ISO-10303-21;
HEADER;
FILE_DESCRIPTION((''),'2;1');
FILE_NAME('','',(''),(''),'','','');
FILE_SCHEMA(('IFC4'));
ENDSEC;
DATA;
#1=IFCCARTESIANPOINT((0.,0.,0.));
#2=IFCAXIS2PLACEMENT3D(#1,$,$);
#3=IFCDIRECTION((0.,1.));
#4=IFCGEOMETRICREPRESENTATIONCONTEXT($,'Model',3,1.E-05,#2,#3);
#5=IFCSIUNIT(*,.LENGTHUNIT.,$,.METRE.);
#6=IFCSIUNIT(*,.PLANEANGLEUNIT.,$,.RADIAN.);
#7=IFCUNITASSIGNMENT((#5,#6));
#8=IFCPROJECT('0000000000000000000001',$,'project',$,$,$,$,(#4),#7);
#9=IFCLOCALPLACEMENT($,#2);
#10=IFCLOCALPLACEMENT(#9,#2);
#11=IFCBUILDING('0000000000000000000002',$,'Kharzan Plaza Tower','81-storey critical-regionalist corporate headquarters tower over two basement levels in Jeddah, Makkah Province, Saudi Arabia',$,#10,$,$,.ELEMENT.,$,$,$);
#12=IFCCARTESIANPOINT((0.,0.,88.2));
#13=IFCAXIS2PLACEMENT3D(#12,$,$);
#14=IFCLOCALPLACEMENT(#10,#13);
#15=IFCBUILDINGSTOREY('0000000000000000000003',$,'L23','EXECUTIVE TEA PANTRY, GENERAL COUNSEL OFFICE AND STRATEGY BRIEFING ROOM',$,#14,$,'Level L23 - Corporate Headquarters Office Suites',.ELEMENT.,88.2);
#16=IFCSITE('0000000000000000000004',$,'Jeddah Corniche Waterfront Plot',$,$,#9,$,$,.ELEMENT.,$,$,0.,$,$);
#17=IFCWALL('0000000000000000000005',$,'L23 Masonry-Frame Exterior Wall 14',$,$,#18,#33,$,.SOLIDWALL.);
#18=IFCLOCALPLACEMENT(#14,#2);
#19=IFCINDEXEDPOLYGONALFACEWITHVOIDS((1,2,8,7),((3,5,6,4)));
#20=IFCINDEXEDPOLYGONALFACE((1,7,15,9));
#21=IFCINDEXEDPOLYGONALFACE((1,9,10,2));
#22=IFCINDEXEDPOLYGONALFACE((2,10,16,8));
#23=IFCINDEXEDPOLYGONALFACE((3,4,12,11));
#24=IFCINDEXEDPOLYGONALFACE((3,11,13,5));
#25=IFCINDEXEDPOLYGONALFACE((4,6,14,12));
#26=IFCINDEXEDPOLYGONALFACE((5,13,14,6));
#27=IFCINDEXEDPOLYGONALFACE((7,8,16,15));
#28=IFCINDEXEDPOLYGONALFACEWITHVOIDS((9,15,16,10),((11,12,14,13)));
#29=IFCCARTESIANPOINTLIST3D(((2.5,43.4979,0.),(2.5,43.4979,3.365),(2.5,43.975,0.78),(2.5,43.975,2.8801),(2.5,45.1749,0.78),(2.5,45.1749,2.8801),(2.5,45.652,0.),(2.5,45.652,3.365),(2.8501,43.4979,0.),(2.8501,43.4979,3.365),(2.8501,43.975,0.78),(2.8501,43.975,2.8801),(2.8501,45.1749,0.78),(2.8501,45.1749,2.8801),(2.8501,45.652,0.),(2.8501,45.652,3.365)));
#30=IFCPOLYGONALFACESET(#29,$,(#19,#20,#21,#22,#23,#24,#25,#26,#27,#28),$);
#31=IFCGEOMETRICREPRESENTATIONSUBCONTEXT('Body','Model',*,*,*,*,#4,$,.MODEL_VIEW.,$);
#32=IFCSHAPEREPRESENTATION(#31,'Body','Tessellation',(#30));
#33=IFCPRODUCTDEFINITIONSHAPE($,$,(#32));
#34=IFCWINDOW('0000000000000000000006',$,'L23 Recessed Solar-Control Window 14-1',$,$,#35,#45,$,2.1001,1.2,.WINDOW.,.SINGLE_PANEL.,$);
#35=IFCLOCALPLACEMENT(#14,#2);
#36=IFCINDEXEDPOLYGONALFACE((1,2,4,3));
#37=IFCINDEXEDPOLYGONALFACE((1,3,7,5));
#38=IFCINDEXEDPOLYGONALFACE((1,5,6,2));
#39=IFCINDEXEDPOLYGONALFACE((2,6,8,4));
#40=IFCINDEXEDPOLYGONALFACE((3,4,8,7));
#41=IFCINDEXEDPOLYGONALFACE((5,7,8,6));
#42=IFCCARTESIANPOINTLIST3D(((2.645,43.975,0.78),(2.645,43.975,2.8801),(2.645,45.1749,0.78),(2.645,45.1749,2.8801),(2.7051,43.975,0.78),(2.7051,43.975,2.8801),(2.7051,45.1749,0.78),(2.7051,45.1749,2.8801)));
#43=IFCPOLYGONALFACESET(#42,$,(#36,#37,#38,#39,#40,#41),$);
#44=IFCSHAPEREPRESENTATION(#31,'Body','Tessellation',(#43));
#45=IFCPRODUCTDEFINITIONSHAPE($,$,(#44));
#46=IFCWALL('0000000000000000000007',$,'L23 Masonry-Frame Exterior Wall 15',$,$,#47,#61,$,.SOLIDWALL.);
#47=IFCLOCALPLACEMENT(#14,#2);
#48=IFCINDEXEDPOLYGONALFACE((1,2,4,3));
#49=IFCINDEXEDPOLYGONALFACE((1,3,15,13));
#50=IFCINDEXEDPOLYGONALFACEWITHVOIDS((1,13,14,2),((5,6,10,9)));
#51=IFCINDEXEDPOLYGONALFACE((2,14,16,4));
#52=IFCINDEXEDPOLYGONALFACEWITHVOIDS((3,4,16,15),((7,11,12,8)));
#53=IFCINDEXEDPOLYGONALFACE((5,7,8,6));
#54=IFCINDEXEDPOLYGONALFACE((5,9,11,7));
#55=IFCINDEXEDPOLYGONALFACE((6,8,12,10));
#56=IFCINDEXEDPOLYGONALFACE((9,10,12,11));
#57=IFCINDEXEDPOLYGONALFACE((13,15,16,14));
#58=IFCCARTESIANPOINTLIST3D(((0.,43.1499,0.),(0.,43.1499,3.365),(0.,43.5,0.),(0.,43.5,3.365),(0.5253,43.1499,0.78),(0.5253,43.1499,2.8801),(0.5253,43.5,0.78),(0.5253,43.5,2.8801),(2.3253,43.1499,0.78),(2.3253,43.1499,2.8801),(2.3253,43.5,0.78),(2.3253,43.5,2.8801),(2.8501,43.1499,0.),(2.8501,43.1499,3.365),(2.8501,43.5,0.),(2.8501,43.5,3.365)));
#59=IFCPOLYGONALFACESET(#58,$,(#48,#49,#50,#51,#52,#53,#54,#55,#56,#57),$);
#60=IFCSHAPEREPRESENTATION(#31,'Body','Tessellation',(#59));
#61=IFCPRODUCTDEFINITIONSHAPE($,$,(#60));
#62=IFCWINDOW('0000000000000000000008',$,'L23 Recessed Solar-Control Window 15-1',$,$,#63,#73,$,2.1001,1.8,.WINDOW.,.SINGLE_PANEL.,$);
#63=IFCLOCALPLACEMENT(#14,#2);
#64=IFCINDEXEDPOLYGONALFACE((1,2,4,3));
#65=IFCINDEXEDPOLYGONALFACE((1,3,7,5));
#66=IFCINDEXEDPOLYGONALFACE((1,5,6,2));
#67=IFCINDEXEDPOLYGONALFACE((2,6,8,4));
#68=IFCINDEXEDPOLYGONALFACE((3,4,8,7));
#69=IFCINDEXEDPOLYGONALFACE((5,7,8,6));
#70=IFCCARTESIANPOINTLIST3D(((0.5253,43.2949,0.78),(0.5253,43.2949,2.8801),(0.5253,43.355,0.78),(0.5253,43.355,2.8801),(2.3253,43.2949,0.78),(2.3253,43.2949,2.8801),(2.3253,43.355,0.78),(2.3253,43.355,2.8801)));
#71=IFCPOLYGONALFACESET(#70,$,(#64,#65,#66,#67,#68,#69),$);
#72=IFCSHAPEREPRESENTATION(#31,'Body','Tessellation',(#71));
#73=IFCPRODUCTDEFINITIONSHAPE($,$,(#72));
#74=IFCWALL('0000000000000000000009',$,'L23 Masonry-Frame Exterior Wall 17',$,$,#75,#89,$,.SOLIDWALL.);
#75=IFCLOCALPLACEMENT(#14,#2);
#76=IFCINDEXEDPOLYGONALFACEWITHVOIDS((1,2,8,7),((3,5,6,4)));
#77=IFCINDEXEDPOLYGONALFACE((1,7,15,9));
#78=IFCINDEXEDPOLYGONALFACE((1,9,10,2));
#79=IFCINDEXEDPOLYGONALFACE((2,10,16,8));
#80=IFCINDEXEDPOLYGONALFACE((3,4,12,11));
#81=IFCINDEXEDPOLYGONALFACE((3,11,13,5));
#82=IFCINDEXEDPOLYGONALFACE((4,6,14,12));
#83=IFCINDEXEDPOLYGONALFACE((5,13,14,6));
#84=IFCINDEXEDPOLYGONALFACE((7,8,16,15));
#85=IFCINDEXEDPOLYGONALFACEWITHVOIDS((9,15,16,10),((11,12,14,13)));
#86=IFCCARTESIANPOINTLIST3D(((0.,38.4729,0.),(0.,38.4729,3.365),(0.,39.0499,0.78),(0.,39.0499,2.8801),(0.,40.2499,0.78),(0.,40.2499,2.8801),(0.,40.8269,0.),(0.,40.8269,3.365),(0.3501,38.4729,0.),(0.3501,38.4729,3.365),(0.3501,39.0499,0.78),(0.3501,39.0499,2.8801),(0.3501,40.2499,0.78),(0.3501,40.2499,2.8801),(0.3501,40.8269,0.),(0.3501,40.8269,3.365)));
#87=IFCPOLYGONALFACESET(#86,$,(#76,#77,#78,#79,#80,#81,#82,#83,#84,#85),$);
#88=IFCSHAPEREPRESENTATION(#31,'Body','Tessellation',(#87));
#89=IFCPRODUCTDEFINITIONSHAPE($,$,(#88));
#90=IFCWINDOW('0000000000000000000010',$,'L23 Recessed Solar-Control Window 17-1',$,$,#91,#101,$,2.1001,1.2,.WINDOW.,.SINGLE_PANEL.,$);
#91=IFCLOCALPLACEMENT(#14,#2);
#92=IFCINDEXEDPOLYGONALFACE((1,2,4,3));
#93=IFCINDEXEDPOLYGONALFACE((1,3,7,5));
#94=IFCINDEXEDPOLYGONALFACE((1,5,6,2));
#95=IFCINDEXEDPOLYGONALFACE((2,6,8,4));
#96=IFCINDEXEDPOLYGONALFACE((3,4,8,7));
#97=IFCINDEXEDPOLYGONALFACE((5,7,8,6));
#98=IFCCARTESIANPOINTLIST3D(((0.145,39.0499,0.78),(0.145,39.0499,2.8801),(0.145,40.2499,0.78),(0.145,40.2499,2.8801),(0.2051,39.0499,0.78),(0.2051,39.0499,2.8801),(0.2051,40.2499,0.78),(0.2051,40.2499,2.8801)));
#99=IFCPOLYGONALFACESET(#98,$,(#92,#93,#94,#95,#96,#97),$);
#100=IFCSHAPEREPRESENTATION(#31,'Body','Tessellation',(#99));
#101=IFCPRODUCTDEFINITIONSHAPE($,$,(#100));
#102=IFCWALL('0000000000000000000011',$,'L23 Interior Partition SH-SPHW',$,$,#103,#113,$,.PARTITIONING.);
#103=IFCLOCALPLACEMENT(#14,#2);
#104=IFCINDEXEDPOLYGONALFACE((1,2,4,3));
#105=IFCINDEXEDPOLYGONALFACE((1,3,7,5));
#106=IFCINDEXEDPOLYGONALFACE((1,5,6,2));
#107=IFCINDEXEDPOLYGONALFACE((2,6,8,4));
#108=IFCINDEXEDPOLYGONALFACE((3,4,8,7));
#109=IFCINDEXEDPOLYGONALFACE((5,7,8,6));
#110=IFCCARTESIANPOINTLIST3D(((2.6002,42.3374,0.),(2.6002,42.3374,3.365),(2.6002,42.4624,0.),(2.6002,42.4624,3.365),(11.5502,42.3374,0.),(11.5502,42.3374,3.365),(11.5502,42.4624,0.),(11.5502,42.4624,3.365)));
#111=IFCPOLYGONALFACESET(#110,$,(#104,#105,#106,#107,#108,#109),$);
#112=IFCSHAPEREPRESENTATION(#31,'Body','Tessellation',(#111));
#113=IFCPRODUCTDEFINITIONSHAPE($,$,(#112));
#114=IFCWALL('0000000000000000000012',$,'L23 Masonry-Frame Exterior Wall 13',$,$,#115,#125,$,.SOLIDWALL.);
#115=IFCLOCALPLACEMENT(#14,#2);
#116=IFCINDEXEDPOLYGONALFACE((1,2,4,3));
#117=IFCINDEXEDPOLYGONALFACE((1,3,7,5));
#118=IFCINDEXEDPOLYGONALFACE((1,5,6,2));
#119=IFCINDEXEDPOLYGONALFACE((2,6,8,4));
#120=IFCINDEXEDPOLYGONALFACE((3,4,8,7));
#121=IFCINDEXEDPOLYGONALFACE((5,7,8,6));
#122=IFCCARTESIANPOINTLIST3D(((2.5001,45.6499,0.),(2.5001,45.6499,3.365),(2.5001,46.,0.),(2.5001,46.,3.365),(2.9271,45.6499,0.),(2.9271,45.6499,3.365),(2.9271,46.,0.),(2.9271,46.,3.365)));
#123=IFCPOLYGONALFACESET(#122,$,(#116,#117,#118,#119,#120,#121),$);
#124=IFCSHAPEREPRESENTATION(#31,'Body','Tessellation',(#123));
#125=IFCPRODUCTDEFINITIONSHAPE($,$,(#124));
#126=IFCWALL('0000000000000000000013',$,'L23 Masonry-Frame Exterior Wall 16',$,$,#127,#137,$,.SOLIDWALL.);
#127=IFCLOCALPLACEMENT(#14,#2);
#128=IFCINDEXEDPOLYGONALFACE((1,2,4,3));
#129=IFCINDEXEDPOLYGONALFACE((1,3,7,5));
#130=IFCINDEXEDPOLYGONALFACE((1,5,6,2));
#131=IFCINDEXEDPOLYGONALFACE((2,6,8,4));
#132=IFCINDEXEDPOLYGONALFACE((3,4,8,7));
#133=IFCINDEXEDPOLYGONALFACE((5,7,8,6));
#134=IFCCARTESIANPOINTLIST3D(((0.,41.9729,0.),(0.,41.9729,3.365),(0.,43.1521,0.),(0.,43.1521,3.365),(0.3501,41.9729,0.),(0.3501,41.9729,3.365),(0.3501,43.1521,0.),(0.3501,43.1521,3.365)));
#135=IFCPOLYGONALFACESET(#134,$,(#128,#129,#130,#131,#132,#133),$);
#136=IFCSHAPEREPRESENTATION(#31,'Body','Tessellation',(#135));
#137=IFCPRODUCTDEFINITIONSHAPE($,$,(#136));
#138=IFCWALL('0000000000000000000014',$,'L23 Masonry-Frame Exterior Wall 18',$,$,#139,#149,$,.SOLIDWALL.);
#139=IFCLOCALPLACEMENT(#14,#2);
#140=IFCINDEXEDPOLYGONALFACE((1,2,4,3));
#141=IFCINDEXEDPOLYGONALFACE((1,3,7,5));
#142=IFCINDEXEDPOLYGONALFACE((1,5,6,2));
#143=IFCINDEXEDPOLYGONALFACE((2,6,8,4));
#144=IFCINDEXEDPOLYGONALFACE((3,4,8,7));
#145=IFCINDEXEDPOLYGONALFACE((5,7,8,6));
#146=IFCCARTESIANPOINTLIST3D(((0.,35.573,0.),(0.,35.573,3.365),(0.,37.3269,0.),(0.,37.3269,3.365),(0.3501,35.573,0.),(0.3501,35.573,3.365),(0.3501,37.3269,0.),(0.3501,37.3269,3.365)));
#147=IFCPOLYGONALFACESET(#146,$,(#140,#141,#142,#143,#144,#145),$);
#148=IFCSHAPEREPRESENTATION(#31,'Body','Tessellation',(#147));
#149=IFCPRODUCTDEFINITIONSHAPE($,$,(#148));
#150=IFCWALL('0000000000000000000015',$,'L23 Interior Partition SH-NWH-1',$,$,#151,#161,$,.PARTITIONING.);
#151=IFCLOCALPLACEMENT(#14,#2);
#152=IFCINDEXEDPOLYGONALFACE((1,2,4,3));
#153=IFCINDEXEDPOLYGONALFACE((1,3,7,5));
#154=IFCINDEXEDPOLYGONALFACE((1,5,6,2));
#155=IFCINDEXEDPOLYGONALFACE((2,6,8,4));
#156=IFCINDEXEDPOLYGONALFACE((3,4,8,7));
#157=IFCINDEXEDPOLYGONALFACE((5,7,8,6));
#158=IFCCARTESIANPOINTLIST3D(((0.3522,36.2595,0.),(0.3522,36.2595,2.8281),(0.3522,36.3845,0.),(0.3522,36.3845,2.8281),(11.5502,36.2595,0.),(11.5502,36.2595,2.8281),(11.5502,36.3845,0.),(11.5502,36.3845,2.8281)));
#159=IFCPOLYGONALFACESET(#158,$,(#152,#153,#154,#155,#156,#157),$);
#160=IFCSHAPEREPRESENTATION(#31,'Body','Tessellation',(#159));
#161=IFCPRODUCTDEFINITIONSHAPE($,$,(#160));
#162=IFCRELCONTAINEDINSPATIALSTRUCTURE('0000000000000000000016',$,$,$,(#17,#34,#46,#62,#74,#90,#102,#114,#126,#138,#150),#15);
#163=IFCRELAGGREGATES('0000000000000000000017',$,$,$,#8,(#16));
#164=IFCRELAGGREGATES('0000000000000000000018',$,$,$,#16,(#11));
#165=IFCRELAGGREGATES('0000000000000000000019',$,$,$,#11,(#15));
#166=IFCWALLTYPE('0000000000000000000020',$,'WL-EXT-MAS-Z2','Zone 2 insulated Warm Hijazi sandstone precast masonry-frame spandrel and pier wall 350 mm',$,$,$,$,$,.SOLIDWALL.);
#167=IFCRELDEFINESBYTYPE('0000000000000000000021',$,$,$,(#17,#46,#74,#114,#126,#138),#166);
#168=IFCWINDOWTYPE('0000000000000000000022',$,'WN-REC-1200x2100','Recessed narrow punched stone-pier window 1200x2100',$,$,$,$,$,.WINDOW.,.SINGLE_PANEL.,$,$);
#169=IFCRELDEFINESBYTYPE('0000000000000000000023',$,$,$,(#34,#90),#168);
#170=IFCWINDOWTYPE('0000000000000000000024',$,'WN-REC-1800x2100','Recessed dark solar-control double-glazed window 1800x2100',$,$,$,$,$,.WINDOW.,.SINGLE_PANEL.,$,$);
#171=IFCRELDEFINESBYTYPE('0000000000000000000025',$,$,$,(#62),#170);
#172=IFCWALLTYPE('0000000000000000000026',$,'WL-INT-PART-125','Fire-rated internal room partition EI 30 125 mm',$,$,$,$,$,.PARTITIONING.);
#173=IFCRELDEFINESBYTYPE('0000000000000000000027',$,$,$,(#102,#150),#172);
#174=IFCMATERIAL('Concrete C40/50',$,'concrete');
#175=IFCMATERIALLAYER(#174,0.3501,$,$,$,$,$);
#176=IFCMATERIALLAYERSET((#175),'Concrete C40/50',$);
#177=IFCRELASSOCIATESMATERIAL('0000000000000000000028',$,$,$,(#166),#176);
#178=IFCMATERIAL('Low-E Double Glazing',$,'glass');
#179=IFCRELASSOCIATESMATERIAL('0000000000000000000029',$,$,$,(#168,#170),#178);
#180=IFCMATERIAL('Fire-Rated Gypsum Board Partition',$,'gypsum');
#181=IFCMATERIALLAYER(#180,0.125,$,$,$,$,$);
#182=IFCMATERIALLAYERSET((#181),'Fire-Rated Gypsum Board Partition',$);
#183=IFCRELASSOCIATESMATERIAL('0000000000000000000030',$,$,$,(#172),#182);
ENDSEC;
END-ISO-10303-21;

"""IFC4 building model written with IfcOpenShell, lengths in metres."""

from ifc_helpers import new_model, si_unit, direction, frame, frame_2d, origin, place, context, subcontext, project, spatial, rectangle, extrude, source, transform, mapped, material, layer, layer_set, type_object, element, fill, save


model = new_model("IFC4")

# Units and contexts
model_context = context("Model", 3, precision=1e-05, world=origin(), true_north=direction((0.0, 1.0)))
body_context = subcontext(model_context, "Body", "Model", "MODEL_VIEW")
ifc_project = project(units=[si_unit("LENGTHUNIT", "METRE"), si_unit("PLANEANGLEUNIT", "RADIAN")], contexts=[model_context])

# Site, building, storey
site_placement = place(None, origin())
site = spatial("IfcSite", under=ifc_project, at=site_placement, Name="Jeddah Corniche Waterfront Plot", CompositionType="ELEMENT", RefElevation=0.0)
building_placement = place(site_placement, origin())
building = spatial("IfcBuilding", under=site, at=building_placement, Name="Kharzan Plaza Tower", Description="81-storey critical-regionalist corporate headquarters tower over two basement levels in Jeddah, Makkah Province, Saudi Arabia", CompositionType="ELEMENT")
storey_placement = place(building_placement, frame((0.0, 0.0, 88.2)))
storey = spatial("IfcBuildingStorey", under=building, at=storey_placement, Name="L23", Description="EXECUTIVE TEA PANTRY, GENERAL COUNSEL OFFICE AND STRATEGY BRIEFING ROOM", LongName="Level L23 - Corporate Headquarters Office Suites", CompositionType="ELEMENT", Elevation=88.2)

# Walls, openings, windows
ifc_material_1 = material(Name="Concrete C40/50", Category="concrete")
ifc_layer_1 = layer(ifc_material_1, 0.3501)
ifc_layer_set_1 = layer_set([ifc_layer_1], Name="Concrete C40/50")
wall_type_1 = type_object("IfcWallType", Name="WL-EXT-MAS-Z2", Description="Zone 2 insulated Warm Hijazi sandstone precast masonry-frame spandrel and pier wall 350 mm", PredefinedType="SOLIDWALL", material=ifc_layer_set_1)
ifc_material_2 = material(Name="Low-E Double Glazing", Category="glass")
wall_1_placement = place(storey_placement, frame((2.675, 45.6521, 0.0), z_axis=(0.0, 0.0, 1.0), x_axis=(0.0, -1.0, 0.0)))
wall_1 = element("IfcWall", 1, at=wall_1_placement, inside=storey, type_object=wall_type_1, Name="L23 Masonry-Frame Exterior Wall 14", PredefinedType="SOLIDWALL", context=body_context, shape_type="SweptSolid", body=[
    extrude(rectangle(XDim=2.1541, YDim=0.3501, at=frame_2d((1.0771, 0.0))), origin(), (0.0, 0.0, 1.0), 3.365),
])
opening_1_placement = place(wall_1_placement, frame((0.4771, 0.0, 0.78)))
opening_1 = element("IfcOpeningElement", 2, at=opening_1_placement, cuts=wall_1, PredefinedType="OPENING", context=body_context, shape_type="SweptSolid", body=[
    extrude(rectangle(XDim=1.2, YDim=2.1001, at=frame_2d((0.6001, 1.05))), frame((0.0, 0.1851, 0.0), z_axis=(0.0, -1.0, 0.0), x_axis=(1.0, 0.0, 0.0)), (0.0, 0.0, 1.0), 0.3701),
])
window_type_1 = type_object("IfcWindowType", Name="WN-REC-1200x2100", Description="Recessed narrow punched stone-pier window 1200x2100", PartitioningType="SINGLE_PANEL", PredefinedType="WINDOW", material=ifc_material_2)
shared_shape_1 = source(origin(), body_context, "Body", "SweptSolid", [
    extrude(rectangle(XDim=1.2, YDim=2.1001, at=frame_2d((0.6001, 1.05))), frame((0.0, 0.03, 0.0), z_axis=(0.0, -1.0, 0.0), x_axis=(1.0, 0.0, 0.0)), (0.0, 0.0, 1.0), 0.0601),
])
window_1_placement = place(opening_1_placement, origin())
window_1 = element("IfcWindow", 3, at=window_1_placement, inside=storey, type_object=window_type_1, Name="L23 Recessed Solar-Control Window 14-1", OverallHeight=2.1001, OverallWidth=1.2, PartitioningType="SINGLE_PANEL", PredefinedType="WINDOW", context=body_context, shape_type="MappedRepresentation", body=[
    mapped(shared_shape_1, transform((0.0, 0.0, 0.0), x_axis=(1.0, 0.0, 0.0), y_axis=(0.0, 1.0, 0.0), z_axis=(0.0, 0.0, 1.0))),
])
fill(opening_1, window_1)
wall_2_placement = place(storey_placement, frame((2.8501, 43.325, 0.0), z_axis=(0.0, 0.0, 1.0), x_axis=(-1.0, 0.0, 0.0)))
wall_2 = element("IfcWall", 4, at=wall_2_placement, inside=storey, type_object=wall_type_1, Name="L23 Masonry-Frame Exterior Wall 15", PredefinedType="SOLIDWALL", context=body_context, shape_type="SweptSolid", body=[
    extrude(rectangle(XDim=2.8501, YDim=0.3501, at=frame_2d((1.425, 0.0))), origin(), (0.0, 0.0, 1.0), 3.365),
])
opening_2_placement = place(wall_2_placement, frame((0.5249, 0.0, 0.78)))
opening_2 = element("IfcOpeningElement", 5, at=opening_2_placement, cuts=wall_2, PredefinedType="OPENING", context=body_context, shape_type="SweptSolid", body=[
    extrude(rectangle(XDim=1.8, YDim=2.1001, at=frame_2d((0.8999, 1.05))), frame((0.0, 0.1851, 0.0), z_axis=(0.0, -1.0, 0.0), x_axis=(1.0, 0.0, 0.0)), (0.0, 0.0, 1.0), 0.3701),
])
window_type_2 = type_object("IfcWindowType", Name="WN-REC-1800x2100", Description="Recessed dark solar-control double-glazed window 1800x2100", PartitioningType="SINGLE_PANEL", PredefinedType="WINDOW", material=ifc_material_2)
shared_shape_2 = source(origin(), body_context, "Body", "SweptSolid", [
    extrude(rectangle(XDim=1.8, YDim=2.1001, at=frame_2d((0.8999, 1.05))), frame((0.0, 0.03, 0.0), z_axis=(0.0, -1.0, 0.0), x_axis=(1.0, 0.0, 0.0)), (0.0, 0.0, 1.0), 0.0601),
])
window_2_placement = place(opening_2_placement, origin())
window_2 = element("IfcWindow", 6, at=window_2_placement, inside=storey, type_object=window_type_2, Name="L23 Recessed Solar-Control Window 15-1", OverallHeight=2.1001, OverallWidth=1.8, PartitioningType="SINGLE_PANEL", PredefinedType="WINDOW", context=body_context, shape_type="MappedRepresentation", body=[
    mapped(shared_shape_2, transform((0.0, 0.0, 0.0), x_axis=(1.0, 0.0, 0.0), y_axis=(0.0, 1.0, 0.0), z_axis=(0.0, 0.0, 1.0))),
])
fill(opening_2, window_2)
wall_3_placement = place(storey_placement, frame((0.175, 40.8269, 0.0), z_axis=(0.0, 0.0, 1.0), x_axis=(0.0, -1.0, 0.0)))
wall_3 = element("IfcWall", 7, at=wall_3_placement, inside=storey, type_object=wall_type_1, Name="L23 Masonry-Frame Exterior Wall 17", PredefinedType="SOLIDWALL", context=body_context, shape_type="SweptSolid", body=[
    extrude(rectangle(XDim=2.354, YDim=0.3501, at=frame_2d((1.177, 0.0))), origin(), (0.0, 0.0, 1.0), 3.365),
])
opening_3_placement = place(wall_3_placement, frame((0.5769, 0.0, 0.78)))
opening_3 = element("IfcOpeningElement", 8, at=opening_3_placement, cuts=wall_3, PredefinedType="OPENING", context=body_context, shape_type="SweptSolid", body=[
    extrude(rectangle(XDim=1.2, YDim=2.1001, at=frame_2d((0.6001, 1.05))), frame((0.0, 0.1851, 0.0), z_axis=(0.0, -1.0, 0.0), x_axis=(1.0, 0.0, 0.0)), (0.0, 0.0, 1.0), 0.3701),
])
window_3_placement = place(opening_3_placement, origin())
window_3 = element("IfcWindow", 9, at=window_3_placement, inside=storey, type_object=window_type_1, Name="L23 Recessed Solar-Control Window 17-1", OverallHeight=2.1001, OverallWidth=1.2, PartitioningType="SINGLE_PANEL", PredefinedType="WINDOW", context=body_context, shape_type="MappedRepresentation", body=[
    mapped(shared_shape_1, transform((0.0, 0.0, 0.0), x_axis=(1.0, 0.0, 0.0), y_axis=(0.0, 1.0, 0.0), z_axis=(0.0, 0.0, 1.0))),
])
fill(opening_3, window_3)

# Walls
ifc_material_3 = material(Name="Fire-Rated Gypsum Board Partition", Category="gypsum")
ifc_layer_2 = layer(ifc_material_3, 0.125)
ifc_layer_set_2 = layer_set([ifc_layer_2], Name="Fire-Rated Gypsum Board Partition")
wall_type_2 = type_object("IfcWallType", Name="WL-INT-PART-125", Description="Fire-rated internal room partition EI 30 125 mm", PredefinedType="PARTITIONING", material=ifc_layer_set_2)
shared_shape_3 = source(origin(), body_context, "Body", "SweptSolid", [
    extrude(rectangle(XDim=8.95, YDim=0.125, at=frame_2d((4.4751, 0.0))), origin(), (0.0, 0.0, 1.0), 3.365),
])
wall_4_placement = place(storey_placement, frame((2.6001, 42.3999, 0.0), z_axis=(0.0, 0.0, 1.0), x_axis=(1.0, 0.0, 0.0)))
element("IfcWall", 10, at=wall_4_placement, inside=storey, type_object=wall_type_2, Name="L23 Interior Partition SH-SPHW", PredefinedType="PARTITIONING", context=body_context, shape_type="MappedRepresentation", body=[
    mapped(shared_shape_3, transform((0.0, 0.0, 0.0), x_axis=(1.0, 0.0, 0.0), y_axis=(0.0, 1.0, 0.0), z_axis=(0.0, 0.0, 1.0))),
])
shared_shape_4 = source(origin(), body_context, "Body", "SweptSolid", [
    extrude(rectangle(XDim=0.427, YDim=0.3501, at=frame_2d((0.2134, 0.0))), origin(), (0.0, 0.0, 1.0), 3.365),
])
wall_5_placement = place(storey_placement, frame((2.927, 45.825, 0.0), z_axis=(0.0, 0.0, 1.0), x_axis=(-1.0, 0.0, 0.0)))
element("IfcWall", 11, at=wall_5_placement, inside=storey, type_object=wall_type_1, Name="L23 Masonry-Frame Exterior Wall 13", PredefinedType="SOLIDWALL", context=body_context, shape_type="MappedRepresentation", body=[
    mapped(shared_shape_4, transform((0.0, 0.0, 0.0), x_axis=(1.0, 0.0, 0.0), y_axis=(0.0, 1.0, 0.0), z_axis=(0.0, 0.0, 1.0))),
])
shared_shape_5 = source(origin(), body_context, "Body", "SweptSolid", [
    extrude(rectangle(XDim=1.1792, YDim=0.3501, at=frame_2d((0.5896, 0.0))), origin(), (0.0, 0.0, 1.0), 3.365),
])
wall_6_placement = place(storey_placement, frame((0.175, 43.1521, 0.0), z_axis=(0.0, 0.0, 1.0), x_axis=(0.0, -1.0, 0.0)))
element("IfcWall", 12, at=wall_6_placement, inside=storey, type_object=wall_type_1, Name="L23 Masonry-Frame Exterior Wall 16", PredefinedType="SOLIDWALL", context=body_context, shape_type="MappedRepresentation", body=[
    mapped(shared_shape_5, transform((0.0, 0.0, 0.0), x_axis=(1.0, 0.0, 0.0), y_axis=(0.0, 1.0, 0.0), z_axis=(0.0, 0.0, 1.0))),
])
shared_shape_6 = source(origin(), body_context, "Body", "SweptSolid", [
    extrude(rectangle(XDim=1.7539, YDim=0.3501, at=frame_2d((0.877, 0.0))), origin(), (0.0, 0.0, 1.0), 3.365),
])
wall_7_placement = place(storey_placement, frame((0.175, 37.3269, 0.0), z_axis=(0.0, 0.0, 1.0), x_axis=(0.0, -1.0, 0.0)))
element("IfcWall", 13, at=wall_7_placement, inside=storey, type_object=wall_type_1, Name="L23 Masonry-Frame Exterior Wall 18", PredefinedType="SOLIDWALL", context=body_context, shape_type="MappedRepresentation", body=[
    mapped(shared_shape_6, transform((0.0, 0.0, 0.0), x_axis=(1.0, 0.0, 0.0), y_axis=(0.0, 1.0, 0.0), z_axis=(0.0, 0.0, 1.0))),
])
shared_shape_7 = source(origin(), body_context, "Body", "SweptSolid", [
    extrude(rectangle(XDim=11.198, YDim=0.125, at=frame_2d((5.5991, 0.0))), origin(), (0.0, 0.0, 1.0), 2.8281),
])
wall_8_placement = place(storey_placement, frame((0.3521, 36.322, 0.0), z_axis=(0.0, 0.0, 1.0), x_axis=(1.0, 0.0, 0.0)))
element("IfcWall", 14, at=wall_8_placement, inside=storey, type_object=wall_type_2, Name="L23 Interior Partition SH-NWH-1", PredefinedType="PARTITIONING", context=body_context, shape_type="MappedRepresentation", body=[
    mapped(shared_shape_7, transform((0.0, 0.0, 0.0), x_axis=(1.0, 0.0, 0.0), y_axis=(0.0, 1.0, 0.0), z_axis=(0.0, 0.0, 1.0))),
])

save(model, "model.ifc")
